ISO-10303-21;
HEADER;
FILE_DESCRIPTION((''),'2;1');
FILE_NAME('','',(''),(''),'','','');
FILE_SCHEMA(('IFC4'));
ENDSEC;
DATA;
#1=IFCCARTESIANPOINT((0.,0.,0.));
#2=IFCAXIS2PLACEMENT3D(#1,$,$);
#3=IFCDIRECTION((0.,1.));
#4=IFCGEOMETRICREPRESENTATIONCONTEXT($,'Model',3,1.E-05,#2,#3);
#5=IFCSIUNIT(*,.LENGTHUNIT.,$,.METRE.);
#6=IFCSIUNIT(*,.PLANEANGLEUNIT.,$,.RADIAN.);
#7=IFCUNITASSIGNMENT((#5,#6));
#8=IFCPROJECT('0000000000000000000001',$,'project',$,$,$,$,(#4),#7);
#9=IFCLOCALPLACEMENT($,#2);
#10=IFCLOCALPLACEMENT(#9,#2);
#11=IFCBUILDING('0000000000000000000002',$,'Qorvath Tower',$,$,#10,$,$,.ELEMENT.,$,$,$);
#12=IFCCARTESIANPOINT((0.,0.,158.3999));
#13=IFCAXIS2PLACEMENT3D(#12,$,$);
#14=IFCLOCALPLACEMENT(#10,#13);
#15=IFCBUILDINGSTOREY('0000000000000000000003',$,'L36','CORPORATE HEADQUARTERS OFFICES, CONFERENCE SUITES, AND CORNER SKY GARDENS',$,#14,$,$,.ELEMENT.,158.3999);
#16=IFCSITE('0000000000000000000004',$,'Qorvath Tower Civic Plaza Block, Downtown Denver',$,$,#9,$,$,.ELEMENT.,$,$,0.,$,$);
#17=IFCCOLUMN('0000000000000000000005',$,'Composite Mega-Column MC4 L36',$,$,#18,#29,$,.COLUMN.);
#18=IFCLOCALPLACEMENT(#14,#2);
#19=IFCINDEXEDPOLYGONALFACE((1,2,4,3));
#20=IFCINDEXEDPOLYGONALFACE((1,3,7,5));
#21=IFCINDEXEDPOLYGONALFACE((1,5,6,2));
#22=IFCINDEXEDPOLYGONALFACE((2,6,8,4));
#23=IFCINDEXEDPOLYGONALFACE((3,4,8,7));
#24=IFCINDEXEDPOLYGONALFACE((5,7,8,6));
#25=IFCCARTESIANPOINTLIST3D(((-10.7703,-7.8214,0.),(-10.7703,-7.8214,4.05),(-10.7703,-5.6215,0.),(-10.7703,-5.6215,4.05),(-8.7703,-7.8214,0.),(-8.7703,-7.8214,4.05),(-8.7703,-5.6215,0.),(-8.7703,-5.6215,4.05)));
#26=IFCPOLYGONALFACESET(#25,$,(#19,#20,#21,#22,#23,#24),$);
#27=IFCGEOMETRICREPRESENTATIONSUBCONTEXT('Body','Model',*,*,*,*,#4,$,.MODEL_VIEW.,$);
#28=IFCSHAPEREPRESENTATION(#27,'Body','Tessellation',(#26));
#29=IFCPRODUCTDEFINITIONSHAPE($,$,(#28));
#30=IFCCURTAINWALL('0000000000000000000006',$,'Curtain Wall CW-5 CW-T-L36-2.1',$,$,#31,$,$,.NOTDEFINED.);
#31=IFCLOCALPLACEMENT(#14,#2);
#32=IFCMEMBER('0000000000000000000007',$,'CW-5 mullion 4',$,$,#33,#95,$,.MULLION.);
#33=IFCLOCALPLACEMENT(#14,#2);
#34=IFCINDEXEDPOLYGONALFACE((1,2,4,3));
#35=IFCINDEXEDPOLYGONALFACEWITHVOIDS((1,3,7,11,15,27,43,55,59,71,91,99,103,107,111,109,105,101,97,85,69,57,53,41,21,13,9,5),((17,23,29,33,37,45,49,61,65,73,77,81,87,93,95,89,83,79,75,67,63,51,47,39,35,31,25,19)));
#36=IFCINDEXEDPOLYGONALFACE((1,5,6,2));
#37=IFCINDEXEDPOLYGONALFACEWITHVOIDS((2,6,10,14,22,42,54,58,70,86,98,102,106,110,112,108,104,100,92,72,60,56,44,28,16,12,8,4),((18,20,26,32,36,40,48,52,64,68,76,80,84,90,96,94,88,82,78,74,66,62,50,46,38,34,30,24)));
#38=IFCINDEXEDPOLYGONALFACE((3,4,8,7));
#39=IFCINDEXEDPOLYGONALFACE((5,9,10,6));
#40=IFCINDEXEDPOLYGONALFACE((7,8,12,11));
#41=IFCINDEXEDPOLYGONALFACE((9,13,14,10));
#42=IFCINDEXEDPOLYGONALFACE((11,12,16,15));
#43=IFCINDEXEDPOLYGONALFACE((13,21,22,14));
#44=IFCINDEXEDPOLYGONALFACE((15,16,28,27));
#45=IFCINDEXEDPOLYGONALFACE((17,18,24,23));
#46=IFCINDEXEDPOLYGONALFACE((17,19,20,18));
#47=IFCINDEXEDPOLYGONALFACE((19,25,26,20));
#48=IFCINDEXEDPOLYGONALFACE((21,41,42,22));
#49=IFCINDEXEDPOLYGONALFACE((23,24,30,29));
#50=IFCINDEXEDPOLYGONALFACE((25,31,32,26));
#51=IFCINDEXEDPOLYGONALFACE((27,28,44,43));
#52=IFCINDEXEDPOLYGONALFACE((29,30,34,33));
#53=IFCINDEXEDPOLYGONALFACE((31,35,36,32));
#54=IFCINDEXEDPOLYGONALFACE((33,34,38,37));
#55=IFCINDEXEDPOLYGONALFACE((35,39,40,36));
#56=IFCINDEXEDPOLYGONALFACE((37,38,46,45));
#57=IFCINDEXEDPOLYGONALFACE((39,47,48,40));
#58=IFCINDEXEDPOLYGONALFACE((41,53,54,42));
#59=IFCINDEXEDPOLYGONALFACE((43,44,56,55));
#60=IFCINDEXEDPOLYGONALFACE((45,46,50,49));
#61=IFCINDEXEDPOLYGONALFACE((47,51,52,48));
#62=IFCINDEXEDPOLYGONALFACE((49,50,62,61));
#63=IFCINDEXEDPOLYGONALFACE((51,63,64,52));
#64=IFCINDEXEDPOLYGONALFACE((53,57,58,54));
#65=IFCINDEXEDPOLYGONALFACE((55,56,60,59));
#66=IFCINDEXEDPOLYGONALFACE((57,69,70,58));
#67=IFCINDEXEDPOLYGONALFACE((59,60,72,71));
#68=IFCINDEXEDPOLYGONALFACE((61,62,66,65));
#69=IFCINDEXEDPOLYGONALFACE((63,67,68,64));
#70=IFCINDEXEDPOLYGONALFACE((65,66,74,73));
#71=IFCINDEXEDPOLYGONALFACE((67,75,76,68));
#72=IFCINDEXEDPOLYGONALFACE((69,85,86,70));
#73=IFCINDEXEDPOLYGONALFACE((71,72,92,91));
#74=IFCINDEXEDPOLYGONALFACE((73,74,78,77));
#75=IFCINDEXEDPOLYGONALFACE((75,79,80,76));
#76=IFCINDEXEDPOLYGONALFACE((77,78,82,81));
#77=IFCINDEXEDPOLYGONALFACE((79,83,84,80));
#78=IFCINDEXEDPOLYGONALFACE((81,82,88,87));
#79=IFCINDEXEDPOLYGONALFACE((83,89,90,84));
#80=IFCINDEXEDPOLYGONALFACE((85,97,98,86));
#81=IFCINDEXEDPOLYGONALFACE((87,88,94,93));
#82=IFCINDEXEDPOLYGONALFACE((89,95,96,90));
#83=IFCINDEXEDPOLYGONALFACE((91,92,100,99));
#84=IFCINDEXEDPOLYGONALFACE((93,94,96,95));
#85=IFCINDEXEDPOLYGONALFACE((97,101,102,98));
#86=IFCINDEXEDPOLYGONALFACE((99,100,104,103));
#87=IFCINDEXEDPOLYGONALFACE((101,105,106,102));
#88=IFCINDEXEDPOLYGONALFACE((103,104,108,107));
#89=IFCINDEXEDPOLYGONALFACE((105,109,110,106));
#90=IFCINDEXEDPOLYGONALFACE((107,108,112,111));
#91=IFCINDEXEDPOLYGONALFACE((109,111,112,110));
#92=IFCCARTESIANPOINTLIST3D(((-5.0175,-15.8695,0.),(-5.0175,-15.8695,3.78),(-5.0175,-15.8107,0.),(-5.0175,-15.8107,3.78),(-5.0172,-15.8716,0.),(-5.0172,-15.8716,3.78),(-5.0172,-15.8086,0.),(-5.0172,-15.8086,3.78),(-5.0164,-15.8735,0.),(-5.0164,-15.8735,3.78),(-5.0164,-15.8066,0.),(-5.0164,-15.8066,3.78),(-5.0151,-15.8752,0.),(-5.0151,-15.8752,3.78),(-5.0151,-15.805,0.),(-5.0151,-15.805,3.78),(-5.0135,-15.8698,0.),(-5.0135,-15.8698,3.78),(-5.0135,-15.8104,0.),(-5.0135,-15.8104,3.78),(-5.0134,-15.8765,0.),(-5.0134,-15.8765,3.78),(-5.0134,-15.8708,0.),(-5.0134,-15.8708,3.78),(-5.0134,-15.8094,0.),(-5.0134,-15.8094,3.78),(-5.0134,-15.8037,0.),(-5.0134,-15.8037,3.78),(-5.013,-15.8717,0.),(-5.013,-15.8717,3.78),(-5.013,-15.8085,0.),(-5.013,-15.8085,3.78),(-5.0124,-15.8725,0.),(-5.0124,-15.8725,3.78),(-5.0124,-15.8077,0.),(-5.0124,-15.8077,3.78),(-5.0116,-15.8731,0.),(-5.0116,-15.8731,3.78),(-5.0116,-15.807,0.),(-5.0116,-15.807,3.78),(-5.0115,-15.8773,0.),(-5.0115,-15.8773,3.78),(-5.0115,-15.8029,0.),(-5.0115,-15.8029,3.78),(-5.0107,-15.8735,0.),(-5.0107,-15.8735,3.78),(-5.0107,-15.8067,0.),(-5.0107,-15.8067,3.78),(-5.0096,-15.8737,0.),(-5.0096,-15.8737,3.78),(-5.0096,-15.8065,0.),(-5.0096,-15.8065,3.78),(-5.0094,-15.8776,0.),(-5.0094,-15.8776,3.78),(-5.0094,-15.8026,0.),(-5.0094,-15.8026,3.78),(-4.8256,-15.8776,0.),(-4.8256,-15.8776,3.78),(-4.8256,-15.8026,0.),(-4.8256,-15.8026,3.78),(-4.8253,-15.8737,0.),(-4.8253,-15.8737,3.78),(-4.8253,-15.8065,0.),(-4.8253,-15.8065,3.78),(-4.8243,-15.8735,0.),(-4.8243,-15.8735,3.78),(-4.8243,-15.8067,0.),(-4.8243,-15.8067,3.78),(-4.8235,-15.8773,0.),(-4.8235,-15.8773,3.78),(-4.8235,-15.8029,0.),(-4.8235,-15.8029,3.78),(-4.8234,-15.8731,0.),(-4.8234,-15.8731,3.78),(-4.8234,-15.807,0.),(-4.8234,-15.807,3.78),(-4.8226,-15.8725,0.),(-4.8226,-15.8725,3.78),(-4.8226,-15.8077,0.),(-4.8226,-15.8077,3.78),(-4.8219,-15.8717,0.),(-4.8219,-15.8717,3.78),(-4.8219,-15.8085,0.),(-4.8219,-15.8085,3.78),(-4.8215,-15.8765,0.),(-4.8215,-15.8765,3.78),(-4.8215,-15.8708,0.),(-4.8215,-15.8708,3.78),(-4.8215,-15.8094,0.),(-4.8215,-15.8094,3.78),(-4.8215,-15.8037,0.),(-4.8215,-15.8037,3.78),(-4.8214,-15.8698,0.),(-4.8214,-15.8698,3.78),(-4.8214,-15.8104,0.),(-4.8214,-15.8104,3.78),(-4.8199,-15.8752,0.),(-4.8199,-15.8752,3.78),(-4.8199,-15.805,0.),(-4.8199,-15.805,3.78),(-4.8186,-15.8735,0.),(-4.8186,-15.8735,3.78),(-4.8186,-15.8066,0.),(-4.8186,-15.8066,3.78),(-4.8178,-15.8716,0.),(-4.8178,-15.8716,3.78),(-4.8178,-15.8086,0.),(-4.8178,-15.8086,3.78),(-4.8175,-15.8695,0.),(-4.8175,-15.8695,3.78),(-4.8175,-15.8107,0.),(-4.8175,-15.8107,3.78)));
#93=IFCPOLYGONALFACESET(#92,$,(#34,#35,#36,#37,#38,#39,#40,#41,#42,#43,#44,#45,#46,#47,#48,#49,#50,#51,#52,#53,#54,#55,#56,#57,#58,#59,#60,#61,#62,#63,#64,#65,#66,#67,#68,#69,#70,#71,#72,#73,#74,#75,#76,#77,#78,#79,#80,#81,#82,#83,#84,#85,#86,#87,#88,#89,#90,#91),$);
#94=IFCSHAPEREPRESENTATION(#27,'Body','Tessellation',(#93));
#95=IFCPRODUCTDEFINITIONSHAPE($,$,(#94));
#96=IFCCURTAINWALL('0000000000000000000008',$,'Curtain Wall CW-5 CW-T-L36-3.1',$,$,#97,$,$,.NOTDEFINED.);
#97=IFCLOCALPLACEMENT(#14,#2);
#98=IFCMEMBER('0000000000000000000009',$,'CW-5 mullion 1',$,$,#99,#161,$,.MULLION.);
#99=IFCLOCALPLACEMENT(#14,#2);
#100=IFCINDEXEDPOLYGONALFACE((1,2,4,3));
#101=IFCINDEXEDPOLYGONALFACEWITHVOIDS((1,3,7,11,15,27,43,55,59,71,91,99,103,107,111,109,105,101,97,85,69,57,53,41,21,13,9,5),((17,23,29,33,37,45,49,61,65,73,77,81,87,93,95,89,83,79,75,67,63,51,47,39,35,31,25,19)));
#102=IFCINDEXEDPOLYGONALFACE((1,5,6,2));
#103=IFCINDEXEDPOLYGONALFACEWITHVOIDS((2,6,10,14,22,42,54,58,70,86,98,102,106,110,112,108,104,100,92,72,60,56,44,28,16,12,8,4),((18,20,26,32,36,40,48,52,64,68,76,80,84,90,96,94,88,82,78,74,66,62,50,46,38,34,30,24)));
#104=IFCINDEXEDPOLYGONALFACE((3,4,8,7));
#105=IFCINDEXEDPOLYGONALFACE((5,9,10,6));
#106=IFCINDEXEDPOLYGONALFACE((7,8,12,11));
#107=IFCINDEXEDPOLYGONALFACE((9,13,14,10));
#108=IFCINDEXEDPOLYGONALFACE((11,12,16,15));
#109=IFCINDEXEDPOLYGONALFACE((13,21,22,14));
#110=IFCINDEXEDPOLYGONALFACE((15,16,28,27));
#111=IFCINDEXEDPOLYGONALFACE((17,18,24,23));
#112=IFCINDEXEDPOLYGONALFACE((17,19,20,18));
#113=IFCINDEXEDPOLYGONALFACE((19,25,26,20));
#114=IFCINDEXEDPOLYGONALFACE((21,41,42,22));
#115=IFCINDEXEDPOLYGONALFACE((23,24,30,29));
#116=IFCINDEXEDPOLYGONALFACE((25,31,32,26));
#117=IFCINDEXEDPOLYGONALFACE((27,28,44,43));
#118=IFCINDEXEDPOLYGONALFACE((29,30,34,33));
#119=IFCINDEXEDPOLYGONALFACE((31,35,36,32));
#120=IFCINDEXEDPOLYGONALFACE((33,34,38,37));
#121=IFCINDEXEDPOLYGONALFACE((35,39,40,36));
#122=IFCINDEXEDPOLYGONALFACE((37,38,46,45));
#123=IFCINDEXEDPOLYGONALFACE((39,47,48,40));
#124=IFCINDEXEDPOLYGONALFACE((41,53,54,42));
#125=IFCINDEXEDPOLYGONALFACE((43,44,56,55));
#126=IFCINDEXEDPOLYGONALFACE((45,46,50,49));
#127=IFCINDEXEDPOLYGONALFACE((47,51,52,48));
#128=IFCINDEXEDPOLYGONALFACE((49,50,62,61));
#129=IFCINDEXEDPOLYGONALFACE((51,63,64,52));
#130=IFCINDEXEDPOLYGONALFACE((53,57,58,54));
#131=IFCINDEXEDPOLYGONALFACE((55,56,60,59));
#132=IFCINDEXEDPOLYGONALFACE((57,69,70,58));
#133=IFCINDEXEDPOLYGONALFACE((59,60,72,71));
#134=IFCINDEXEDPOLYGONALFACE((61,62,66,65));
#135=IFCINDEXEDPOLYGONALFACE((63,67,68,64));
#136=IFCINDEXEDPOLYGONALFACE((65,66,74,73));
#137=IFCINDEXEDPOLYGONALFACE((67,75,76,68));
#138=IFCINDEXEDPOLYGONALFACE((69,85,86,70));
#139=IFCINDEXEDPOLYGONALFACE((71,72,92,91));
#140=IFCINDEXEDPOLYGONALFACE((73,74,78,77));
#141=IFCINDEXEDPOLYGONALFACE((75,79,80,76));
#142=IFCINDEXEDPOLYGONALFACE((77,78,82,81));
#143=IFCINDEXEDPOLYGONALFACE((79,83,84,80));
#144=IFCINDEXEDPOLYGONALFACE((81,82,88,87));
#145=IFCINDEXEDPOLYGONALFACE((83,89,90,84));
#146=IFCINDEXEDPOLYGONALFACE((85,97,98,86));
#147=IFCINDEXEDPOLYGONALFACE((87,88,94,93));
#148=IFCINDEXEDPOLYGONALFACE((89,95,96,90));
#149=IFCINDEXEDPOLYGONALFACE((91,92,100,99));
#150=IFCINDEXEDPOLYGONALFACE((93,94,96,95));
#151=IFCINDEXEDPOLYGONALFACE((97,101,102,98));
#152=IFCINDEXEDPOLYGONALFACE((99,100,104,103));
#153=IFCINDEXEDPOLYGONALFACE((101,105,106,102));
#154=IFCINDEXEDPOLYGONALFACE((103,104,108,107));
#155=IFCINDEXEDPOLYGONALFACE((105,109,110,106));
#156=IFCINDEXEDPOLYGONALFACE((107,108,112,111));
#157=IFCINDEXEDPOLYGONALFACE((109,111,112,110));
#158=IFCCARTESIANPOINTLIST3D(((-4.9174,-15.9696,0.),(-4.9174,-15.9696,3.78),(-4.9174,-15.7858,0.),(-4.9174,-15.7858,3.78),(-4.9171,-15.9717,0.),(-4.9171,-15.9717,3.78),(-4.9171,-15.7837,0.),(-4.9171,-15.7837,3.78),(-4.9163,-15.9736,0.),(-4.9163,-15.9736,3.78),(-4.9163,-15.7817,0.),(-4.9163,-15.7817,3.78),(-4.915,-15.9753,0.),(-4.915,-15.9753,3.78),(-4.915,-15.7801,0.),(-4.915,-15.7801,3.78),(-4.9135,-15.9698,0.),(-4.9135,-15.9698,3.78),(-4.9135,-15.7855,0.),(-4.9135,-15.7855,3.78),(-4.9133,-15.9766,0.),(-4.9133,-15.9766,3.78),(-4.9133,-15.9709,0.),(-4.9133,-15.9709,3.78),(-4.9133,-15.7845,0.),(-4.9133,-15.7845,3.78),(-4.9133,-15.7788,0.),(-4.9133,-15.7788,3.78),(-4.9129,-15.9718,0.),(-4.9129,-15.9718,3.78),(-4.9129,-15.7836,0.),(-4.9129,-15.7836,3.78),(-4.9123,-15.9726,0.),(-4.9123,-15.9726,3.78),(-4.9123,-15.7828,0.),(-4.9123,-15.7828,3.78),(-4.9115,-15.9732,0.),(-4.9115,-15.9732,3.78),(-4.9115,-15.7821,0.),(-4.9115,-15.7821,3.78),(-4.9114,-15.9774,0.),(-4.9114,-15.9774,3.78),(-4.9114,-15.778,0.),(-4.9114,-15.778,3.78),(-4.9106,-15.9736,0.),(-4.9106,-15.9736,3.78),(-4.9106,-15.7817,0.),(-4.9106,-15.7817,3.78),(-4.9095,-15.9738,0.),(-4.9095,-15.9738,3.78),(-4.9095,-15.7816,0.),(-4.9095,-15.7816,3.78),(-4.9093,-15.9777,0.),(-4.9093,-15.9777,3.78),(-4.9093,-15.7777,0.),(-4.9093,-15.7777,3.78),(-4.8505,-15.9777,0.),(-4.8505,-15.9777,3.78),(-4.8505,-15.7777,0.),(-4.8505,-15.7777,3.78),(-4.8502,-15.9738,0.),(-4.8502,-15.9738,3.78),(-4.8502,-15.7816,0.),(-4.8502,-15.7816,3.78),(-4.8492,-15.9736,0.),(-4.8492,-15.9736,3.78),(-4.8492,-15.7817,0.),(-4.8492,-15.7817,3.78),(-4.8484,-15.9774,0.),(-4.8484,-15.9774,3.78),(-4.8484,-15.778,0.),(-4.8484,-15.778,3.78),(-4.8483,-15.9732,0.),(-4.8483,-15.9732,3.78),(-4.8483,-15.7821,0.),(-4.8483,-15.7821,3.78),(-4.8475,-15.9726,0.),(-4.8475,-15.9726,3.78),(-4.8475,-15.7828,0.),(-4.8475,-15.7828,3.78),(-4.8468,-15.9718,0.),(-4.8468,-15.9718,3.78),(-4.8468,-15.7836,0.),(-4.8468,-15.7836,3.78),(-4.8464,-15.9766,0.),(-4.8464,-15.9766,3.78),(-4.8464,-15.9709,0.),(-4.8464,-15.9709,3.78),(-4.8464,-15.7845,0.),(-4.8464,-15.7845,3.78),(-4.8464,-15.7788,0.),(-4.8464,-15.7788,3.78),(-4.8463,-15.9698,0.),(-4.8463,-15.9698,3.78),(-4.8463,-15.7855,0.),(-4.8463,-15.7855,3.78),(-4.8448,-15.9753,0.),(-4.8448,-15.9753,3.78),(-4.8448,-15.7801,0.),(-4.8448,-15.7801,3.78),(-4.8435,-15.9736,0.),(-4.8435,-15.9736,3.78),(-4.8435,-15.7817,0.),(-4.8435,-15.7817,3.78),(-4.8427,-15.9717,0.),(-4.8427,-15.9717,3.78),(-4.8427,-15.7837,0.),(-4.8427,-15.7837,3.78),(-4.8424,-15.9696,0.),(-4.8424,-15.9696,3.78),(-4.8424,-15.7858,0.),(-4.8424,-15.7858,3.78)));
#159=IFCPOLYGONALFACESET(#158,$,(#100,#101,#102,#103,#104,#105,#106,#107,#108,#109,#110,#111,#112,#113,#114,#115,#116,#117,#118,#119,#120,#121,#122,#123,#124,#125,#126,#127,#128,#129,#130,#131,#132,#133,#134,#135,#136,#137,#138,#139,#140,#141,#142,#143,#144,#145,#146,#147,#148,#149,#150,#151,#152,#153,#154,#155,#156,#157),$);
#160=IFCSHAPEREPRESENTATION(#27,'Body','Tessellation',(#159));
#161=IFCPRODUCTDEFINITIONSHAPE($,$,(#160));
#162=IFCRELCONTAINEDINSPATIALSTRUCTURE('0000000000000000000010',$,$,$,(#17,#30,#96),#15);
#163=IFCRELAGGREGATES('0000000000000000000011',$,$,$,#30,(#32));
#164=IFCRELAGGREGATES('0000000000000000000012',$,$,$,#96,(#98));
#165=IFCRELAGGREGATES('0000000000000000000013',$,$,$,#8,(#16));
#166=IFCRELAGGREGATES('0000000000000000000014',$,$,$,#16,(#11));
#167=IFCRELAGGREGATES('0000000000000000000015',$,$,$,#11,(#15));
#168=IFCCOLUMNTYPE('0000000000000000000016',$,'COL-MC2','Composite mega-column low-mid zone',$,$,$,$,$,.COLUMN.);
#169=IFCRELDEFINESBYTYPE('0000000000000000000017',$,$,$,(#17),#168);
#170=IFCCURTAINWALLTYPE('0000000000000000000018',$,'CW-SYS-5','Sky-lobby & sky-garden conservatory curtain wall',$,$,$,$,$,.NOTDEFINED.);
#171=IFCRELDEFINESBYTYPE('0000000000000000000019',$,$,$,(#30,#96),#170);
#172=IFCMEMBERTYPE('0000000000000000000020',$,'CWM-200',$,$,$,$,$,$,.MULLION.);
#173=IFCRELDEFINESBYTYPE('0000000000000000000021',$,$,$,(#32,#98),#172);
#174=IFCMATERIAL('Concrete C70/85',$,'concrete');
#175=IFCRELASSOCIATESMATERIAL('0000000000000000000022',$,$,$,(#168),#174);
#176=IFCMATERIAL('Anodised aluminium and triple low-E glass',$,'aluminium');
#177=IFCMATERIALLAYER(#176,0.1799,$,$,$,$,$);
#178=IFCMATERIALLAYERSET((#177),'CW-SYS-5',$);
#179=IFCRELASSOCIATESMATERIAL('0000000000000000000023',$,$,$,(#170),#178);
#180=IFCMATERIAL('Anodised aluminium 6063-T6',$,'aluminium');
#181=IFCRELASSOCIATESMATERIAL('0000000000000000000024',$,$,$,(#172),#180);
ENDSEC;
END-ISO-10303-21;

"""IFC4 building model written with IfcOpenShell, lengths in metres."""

from ifc_helpers import new_model, si_unit, direction, frame, origin, origin_2d, place, context, subcontext, project, spatial, rectangle, hollow_rectangle, extrude, material, layer, layer_set, material_profile, profile_set, type_object, element, aggregate, save


model = new_model("IFC4")

# Units and contexts
model_context = context("Model", 3, precision=1e-05, world=origin(), true_north=direction((0.0, 1.0)))
body_context = subcontext(model_context, "Body", "Model", "MODEL_VIEW")
ifc_project = project(units=[si_unit("LENGTHUNIT", "METRE"), si_unit("PLANEANGLEUNIT", "RADIAN")], contexts=[model_context])

# Site, building, storey
site_placement = place(None, origin())
site = spatial("IfcSite", under=ifc_project, at=site_placement, Name="Qorvath Tower Civic Plaza Block, Downtown Denver", CompositionType="ELEMENT", RefElevation=0.0)
building_placement = place(site_placement, origin())
building = spatial("IfcBuilding", under=site, at=building_placement, Name="Qorvath Tower", CompositionType="ELEMENT")
storey_placement = place(building_placement, frame((0.0, 0.0, 158.3999)))
storey = spatial("IfcBuildingStorey", under=building, at=storey_placement, Name="L36", Description="CORPORATE HEADQUARTERS OFFICES, CONFERENCE SUITES, AND CORNER SKY GARDENS", CompositionType="ELEMENT", Elevation=158.3999)

# Column
ifc_material_1 = material(Name="Concrete C70/85", Category="concrete")
ifc_material_profile_1 = material_profile(ifc_material_1, rectangle(XDim=2.0, YDim=2.2, at=origin_2d()), Name="MC 2200x2000")
ifc_profile_set_1 = profile_set([ifc_material_profile_1], Name="Concrete C70/85")
column_type = type_object("IfcColumnType", Name="COL-MC2", Description="Composite mega-column low-mid zone", PredefinedType="COLUMN", material=ifc_profile_set_1)
column_placement = place(storey_placement, frame((-9.7703, -6.7214, 0.0), z_axis=(0.0, 0.0, 1.0), x_axis=(1.0, 0.0, 0.0)))
element("IfcColumn", 1, at=column_placement, inside=storey, type_object=column_type, Name="Composite Mega-Column MC4 L36", PredefinedType="COLUMN", context=body_context, shape_type="SweptSolid", body=[
    extrude(rectangle(XDim=2.0, YDim=2.2, at=origin_2d()), origin(), (0.0, 0.0, 1.0), 4.05),
])

# Curtain wall, member
ifc_material_2 = material(Name="Anodised aluminium and triple low-E glass", Category="aluminium")
ifc_layer_1 = layer(ifc_material_2, 0.1799)
ifc_layer_set_1 = layer_set([ifc_layer_1], Name="CW-SYS-5")
curtain_wall_type = type_object("IfcCurtainWallType", Name="CW-SYS-5", Description="Sky-lobby & sky-garden conservatory curtain wall", PredefinedType="NOTDEFINED", material=ifc_layer_set_1)
curtain_wall_1_placement = place(storey_placement, origin())
curtain_wall_1 = element("IfcCurtainWall", 2, at=curtain_wall_1_placement, inside=storey, type_object=curtain_wall_type, Name="Curtain Wall CW-5 CW-T-L36-2.1", PredefinedType="NOTDEFINED")
ifc_material_3 = material(Name="Anodised aluminium 6063-T6", Category="aluminium")
ifc_material_profile_2 = material_profile(ifc_material_3, hollow_rectangle(XDim=0.075, YDim=0.2, WallThickness=0.0039, InnerFilletRadius=0.0039, OuterFilletRadius=0.0081, at=origin_2d()), Name="CWM 200x75")
ifc_profile_set_2 = profile_set([ifc_material_profile_2], Name="Anodised aluminium 6063-T6")
member_type_1 = type_object("IfcMemberType", Name="CWM-200", PredefinedType="MULLION", material=ifc_profile_set_2)
member_1_placement = place(storey_placement, frame((-4.9175, -15.8401, 0.0), z_axis=(0.0, 0.0, 1.0), x_axis=(0.0, 1.0, 0.0)))
member_1 = element("IfcMember", 3, at=member_1_placement, type_object=member_type_1, Name="CW-5 mullion 4", PredefinedType="MULLION", context=body_context, shape_type="SweptSolid", body=[
    extrude(hollow_rectangle(XDim=0.075, YDim=0.2, WallThickness=0.0039, InnerFilletRadius=0.0039, OuterFilletRadius=0.0081, at=origin_2d()), origin(), (0.0, 0.0, 1.0), 3.78),
])

# Curtain wall, member
curtain_wall_2_placement = place(storey_placement, origin())
curtain_wall_2 = element("IfcCurtainWall", 4, at=curtain_wall_2_placement, inside=storey, type_object=curtain_wall_type, Name="Curtain Wall CW-5 CW-T-L36-3.1", PredefinedType="NOTDEFINED")
member_2_placement = place(storey_placement, frame((-4.8799, -15.8777, 0.0), z_axis=(0.0, 0.0, 1.0), x_axis=(1.0, 0.0, 0.0)))
member_2 = element("IfcMember", 5, at=member_2_placement, type_object=member_type_1, Name="CW-5 mullion 1", PredefinedType="MULLION", context=body_context, shape_type="SweptSolid", body=[
    extrude(hollow_rectangle(XDim=0.075, YDim=0.2, WallThickness=0.0039, InnerFilletRadius=0.0039, OuterFilletRadius=0.0081, at=origin_2d()), origin(), (0.0, 0.0, 1.0), 3.78),
])

aggregate(curtain_wall_1, [member_1])
aggregate(curtain_wall_2, [member_2])

save(model, "model.ifc")
